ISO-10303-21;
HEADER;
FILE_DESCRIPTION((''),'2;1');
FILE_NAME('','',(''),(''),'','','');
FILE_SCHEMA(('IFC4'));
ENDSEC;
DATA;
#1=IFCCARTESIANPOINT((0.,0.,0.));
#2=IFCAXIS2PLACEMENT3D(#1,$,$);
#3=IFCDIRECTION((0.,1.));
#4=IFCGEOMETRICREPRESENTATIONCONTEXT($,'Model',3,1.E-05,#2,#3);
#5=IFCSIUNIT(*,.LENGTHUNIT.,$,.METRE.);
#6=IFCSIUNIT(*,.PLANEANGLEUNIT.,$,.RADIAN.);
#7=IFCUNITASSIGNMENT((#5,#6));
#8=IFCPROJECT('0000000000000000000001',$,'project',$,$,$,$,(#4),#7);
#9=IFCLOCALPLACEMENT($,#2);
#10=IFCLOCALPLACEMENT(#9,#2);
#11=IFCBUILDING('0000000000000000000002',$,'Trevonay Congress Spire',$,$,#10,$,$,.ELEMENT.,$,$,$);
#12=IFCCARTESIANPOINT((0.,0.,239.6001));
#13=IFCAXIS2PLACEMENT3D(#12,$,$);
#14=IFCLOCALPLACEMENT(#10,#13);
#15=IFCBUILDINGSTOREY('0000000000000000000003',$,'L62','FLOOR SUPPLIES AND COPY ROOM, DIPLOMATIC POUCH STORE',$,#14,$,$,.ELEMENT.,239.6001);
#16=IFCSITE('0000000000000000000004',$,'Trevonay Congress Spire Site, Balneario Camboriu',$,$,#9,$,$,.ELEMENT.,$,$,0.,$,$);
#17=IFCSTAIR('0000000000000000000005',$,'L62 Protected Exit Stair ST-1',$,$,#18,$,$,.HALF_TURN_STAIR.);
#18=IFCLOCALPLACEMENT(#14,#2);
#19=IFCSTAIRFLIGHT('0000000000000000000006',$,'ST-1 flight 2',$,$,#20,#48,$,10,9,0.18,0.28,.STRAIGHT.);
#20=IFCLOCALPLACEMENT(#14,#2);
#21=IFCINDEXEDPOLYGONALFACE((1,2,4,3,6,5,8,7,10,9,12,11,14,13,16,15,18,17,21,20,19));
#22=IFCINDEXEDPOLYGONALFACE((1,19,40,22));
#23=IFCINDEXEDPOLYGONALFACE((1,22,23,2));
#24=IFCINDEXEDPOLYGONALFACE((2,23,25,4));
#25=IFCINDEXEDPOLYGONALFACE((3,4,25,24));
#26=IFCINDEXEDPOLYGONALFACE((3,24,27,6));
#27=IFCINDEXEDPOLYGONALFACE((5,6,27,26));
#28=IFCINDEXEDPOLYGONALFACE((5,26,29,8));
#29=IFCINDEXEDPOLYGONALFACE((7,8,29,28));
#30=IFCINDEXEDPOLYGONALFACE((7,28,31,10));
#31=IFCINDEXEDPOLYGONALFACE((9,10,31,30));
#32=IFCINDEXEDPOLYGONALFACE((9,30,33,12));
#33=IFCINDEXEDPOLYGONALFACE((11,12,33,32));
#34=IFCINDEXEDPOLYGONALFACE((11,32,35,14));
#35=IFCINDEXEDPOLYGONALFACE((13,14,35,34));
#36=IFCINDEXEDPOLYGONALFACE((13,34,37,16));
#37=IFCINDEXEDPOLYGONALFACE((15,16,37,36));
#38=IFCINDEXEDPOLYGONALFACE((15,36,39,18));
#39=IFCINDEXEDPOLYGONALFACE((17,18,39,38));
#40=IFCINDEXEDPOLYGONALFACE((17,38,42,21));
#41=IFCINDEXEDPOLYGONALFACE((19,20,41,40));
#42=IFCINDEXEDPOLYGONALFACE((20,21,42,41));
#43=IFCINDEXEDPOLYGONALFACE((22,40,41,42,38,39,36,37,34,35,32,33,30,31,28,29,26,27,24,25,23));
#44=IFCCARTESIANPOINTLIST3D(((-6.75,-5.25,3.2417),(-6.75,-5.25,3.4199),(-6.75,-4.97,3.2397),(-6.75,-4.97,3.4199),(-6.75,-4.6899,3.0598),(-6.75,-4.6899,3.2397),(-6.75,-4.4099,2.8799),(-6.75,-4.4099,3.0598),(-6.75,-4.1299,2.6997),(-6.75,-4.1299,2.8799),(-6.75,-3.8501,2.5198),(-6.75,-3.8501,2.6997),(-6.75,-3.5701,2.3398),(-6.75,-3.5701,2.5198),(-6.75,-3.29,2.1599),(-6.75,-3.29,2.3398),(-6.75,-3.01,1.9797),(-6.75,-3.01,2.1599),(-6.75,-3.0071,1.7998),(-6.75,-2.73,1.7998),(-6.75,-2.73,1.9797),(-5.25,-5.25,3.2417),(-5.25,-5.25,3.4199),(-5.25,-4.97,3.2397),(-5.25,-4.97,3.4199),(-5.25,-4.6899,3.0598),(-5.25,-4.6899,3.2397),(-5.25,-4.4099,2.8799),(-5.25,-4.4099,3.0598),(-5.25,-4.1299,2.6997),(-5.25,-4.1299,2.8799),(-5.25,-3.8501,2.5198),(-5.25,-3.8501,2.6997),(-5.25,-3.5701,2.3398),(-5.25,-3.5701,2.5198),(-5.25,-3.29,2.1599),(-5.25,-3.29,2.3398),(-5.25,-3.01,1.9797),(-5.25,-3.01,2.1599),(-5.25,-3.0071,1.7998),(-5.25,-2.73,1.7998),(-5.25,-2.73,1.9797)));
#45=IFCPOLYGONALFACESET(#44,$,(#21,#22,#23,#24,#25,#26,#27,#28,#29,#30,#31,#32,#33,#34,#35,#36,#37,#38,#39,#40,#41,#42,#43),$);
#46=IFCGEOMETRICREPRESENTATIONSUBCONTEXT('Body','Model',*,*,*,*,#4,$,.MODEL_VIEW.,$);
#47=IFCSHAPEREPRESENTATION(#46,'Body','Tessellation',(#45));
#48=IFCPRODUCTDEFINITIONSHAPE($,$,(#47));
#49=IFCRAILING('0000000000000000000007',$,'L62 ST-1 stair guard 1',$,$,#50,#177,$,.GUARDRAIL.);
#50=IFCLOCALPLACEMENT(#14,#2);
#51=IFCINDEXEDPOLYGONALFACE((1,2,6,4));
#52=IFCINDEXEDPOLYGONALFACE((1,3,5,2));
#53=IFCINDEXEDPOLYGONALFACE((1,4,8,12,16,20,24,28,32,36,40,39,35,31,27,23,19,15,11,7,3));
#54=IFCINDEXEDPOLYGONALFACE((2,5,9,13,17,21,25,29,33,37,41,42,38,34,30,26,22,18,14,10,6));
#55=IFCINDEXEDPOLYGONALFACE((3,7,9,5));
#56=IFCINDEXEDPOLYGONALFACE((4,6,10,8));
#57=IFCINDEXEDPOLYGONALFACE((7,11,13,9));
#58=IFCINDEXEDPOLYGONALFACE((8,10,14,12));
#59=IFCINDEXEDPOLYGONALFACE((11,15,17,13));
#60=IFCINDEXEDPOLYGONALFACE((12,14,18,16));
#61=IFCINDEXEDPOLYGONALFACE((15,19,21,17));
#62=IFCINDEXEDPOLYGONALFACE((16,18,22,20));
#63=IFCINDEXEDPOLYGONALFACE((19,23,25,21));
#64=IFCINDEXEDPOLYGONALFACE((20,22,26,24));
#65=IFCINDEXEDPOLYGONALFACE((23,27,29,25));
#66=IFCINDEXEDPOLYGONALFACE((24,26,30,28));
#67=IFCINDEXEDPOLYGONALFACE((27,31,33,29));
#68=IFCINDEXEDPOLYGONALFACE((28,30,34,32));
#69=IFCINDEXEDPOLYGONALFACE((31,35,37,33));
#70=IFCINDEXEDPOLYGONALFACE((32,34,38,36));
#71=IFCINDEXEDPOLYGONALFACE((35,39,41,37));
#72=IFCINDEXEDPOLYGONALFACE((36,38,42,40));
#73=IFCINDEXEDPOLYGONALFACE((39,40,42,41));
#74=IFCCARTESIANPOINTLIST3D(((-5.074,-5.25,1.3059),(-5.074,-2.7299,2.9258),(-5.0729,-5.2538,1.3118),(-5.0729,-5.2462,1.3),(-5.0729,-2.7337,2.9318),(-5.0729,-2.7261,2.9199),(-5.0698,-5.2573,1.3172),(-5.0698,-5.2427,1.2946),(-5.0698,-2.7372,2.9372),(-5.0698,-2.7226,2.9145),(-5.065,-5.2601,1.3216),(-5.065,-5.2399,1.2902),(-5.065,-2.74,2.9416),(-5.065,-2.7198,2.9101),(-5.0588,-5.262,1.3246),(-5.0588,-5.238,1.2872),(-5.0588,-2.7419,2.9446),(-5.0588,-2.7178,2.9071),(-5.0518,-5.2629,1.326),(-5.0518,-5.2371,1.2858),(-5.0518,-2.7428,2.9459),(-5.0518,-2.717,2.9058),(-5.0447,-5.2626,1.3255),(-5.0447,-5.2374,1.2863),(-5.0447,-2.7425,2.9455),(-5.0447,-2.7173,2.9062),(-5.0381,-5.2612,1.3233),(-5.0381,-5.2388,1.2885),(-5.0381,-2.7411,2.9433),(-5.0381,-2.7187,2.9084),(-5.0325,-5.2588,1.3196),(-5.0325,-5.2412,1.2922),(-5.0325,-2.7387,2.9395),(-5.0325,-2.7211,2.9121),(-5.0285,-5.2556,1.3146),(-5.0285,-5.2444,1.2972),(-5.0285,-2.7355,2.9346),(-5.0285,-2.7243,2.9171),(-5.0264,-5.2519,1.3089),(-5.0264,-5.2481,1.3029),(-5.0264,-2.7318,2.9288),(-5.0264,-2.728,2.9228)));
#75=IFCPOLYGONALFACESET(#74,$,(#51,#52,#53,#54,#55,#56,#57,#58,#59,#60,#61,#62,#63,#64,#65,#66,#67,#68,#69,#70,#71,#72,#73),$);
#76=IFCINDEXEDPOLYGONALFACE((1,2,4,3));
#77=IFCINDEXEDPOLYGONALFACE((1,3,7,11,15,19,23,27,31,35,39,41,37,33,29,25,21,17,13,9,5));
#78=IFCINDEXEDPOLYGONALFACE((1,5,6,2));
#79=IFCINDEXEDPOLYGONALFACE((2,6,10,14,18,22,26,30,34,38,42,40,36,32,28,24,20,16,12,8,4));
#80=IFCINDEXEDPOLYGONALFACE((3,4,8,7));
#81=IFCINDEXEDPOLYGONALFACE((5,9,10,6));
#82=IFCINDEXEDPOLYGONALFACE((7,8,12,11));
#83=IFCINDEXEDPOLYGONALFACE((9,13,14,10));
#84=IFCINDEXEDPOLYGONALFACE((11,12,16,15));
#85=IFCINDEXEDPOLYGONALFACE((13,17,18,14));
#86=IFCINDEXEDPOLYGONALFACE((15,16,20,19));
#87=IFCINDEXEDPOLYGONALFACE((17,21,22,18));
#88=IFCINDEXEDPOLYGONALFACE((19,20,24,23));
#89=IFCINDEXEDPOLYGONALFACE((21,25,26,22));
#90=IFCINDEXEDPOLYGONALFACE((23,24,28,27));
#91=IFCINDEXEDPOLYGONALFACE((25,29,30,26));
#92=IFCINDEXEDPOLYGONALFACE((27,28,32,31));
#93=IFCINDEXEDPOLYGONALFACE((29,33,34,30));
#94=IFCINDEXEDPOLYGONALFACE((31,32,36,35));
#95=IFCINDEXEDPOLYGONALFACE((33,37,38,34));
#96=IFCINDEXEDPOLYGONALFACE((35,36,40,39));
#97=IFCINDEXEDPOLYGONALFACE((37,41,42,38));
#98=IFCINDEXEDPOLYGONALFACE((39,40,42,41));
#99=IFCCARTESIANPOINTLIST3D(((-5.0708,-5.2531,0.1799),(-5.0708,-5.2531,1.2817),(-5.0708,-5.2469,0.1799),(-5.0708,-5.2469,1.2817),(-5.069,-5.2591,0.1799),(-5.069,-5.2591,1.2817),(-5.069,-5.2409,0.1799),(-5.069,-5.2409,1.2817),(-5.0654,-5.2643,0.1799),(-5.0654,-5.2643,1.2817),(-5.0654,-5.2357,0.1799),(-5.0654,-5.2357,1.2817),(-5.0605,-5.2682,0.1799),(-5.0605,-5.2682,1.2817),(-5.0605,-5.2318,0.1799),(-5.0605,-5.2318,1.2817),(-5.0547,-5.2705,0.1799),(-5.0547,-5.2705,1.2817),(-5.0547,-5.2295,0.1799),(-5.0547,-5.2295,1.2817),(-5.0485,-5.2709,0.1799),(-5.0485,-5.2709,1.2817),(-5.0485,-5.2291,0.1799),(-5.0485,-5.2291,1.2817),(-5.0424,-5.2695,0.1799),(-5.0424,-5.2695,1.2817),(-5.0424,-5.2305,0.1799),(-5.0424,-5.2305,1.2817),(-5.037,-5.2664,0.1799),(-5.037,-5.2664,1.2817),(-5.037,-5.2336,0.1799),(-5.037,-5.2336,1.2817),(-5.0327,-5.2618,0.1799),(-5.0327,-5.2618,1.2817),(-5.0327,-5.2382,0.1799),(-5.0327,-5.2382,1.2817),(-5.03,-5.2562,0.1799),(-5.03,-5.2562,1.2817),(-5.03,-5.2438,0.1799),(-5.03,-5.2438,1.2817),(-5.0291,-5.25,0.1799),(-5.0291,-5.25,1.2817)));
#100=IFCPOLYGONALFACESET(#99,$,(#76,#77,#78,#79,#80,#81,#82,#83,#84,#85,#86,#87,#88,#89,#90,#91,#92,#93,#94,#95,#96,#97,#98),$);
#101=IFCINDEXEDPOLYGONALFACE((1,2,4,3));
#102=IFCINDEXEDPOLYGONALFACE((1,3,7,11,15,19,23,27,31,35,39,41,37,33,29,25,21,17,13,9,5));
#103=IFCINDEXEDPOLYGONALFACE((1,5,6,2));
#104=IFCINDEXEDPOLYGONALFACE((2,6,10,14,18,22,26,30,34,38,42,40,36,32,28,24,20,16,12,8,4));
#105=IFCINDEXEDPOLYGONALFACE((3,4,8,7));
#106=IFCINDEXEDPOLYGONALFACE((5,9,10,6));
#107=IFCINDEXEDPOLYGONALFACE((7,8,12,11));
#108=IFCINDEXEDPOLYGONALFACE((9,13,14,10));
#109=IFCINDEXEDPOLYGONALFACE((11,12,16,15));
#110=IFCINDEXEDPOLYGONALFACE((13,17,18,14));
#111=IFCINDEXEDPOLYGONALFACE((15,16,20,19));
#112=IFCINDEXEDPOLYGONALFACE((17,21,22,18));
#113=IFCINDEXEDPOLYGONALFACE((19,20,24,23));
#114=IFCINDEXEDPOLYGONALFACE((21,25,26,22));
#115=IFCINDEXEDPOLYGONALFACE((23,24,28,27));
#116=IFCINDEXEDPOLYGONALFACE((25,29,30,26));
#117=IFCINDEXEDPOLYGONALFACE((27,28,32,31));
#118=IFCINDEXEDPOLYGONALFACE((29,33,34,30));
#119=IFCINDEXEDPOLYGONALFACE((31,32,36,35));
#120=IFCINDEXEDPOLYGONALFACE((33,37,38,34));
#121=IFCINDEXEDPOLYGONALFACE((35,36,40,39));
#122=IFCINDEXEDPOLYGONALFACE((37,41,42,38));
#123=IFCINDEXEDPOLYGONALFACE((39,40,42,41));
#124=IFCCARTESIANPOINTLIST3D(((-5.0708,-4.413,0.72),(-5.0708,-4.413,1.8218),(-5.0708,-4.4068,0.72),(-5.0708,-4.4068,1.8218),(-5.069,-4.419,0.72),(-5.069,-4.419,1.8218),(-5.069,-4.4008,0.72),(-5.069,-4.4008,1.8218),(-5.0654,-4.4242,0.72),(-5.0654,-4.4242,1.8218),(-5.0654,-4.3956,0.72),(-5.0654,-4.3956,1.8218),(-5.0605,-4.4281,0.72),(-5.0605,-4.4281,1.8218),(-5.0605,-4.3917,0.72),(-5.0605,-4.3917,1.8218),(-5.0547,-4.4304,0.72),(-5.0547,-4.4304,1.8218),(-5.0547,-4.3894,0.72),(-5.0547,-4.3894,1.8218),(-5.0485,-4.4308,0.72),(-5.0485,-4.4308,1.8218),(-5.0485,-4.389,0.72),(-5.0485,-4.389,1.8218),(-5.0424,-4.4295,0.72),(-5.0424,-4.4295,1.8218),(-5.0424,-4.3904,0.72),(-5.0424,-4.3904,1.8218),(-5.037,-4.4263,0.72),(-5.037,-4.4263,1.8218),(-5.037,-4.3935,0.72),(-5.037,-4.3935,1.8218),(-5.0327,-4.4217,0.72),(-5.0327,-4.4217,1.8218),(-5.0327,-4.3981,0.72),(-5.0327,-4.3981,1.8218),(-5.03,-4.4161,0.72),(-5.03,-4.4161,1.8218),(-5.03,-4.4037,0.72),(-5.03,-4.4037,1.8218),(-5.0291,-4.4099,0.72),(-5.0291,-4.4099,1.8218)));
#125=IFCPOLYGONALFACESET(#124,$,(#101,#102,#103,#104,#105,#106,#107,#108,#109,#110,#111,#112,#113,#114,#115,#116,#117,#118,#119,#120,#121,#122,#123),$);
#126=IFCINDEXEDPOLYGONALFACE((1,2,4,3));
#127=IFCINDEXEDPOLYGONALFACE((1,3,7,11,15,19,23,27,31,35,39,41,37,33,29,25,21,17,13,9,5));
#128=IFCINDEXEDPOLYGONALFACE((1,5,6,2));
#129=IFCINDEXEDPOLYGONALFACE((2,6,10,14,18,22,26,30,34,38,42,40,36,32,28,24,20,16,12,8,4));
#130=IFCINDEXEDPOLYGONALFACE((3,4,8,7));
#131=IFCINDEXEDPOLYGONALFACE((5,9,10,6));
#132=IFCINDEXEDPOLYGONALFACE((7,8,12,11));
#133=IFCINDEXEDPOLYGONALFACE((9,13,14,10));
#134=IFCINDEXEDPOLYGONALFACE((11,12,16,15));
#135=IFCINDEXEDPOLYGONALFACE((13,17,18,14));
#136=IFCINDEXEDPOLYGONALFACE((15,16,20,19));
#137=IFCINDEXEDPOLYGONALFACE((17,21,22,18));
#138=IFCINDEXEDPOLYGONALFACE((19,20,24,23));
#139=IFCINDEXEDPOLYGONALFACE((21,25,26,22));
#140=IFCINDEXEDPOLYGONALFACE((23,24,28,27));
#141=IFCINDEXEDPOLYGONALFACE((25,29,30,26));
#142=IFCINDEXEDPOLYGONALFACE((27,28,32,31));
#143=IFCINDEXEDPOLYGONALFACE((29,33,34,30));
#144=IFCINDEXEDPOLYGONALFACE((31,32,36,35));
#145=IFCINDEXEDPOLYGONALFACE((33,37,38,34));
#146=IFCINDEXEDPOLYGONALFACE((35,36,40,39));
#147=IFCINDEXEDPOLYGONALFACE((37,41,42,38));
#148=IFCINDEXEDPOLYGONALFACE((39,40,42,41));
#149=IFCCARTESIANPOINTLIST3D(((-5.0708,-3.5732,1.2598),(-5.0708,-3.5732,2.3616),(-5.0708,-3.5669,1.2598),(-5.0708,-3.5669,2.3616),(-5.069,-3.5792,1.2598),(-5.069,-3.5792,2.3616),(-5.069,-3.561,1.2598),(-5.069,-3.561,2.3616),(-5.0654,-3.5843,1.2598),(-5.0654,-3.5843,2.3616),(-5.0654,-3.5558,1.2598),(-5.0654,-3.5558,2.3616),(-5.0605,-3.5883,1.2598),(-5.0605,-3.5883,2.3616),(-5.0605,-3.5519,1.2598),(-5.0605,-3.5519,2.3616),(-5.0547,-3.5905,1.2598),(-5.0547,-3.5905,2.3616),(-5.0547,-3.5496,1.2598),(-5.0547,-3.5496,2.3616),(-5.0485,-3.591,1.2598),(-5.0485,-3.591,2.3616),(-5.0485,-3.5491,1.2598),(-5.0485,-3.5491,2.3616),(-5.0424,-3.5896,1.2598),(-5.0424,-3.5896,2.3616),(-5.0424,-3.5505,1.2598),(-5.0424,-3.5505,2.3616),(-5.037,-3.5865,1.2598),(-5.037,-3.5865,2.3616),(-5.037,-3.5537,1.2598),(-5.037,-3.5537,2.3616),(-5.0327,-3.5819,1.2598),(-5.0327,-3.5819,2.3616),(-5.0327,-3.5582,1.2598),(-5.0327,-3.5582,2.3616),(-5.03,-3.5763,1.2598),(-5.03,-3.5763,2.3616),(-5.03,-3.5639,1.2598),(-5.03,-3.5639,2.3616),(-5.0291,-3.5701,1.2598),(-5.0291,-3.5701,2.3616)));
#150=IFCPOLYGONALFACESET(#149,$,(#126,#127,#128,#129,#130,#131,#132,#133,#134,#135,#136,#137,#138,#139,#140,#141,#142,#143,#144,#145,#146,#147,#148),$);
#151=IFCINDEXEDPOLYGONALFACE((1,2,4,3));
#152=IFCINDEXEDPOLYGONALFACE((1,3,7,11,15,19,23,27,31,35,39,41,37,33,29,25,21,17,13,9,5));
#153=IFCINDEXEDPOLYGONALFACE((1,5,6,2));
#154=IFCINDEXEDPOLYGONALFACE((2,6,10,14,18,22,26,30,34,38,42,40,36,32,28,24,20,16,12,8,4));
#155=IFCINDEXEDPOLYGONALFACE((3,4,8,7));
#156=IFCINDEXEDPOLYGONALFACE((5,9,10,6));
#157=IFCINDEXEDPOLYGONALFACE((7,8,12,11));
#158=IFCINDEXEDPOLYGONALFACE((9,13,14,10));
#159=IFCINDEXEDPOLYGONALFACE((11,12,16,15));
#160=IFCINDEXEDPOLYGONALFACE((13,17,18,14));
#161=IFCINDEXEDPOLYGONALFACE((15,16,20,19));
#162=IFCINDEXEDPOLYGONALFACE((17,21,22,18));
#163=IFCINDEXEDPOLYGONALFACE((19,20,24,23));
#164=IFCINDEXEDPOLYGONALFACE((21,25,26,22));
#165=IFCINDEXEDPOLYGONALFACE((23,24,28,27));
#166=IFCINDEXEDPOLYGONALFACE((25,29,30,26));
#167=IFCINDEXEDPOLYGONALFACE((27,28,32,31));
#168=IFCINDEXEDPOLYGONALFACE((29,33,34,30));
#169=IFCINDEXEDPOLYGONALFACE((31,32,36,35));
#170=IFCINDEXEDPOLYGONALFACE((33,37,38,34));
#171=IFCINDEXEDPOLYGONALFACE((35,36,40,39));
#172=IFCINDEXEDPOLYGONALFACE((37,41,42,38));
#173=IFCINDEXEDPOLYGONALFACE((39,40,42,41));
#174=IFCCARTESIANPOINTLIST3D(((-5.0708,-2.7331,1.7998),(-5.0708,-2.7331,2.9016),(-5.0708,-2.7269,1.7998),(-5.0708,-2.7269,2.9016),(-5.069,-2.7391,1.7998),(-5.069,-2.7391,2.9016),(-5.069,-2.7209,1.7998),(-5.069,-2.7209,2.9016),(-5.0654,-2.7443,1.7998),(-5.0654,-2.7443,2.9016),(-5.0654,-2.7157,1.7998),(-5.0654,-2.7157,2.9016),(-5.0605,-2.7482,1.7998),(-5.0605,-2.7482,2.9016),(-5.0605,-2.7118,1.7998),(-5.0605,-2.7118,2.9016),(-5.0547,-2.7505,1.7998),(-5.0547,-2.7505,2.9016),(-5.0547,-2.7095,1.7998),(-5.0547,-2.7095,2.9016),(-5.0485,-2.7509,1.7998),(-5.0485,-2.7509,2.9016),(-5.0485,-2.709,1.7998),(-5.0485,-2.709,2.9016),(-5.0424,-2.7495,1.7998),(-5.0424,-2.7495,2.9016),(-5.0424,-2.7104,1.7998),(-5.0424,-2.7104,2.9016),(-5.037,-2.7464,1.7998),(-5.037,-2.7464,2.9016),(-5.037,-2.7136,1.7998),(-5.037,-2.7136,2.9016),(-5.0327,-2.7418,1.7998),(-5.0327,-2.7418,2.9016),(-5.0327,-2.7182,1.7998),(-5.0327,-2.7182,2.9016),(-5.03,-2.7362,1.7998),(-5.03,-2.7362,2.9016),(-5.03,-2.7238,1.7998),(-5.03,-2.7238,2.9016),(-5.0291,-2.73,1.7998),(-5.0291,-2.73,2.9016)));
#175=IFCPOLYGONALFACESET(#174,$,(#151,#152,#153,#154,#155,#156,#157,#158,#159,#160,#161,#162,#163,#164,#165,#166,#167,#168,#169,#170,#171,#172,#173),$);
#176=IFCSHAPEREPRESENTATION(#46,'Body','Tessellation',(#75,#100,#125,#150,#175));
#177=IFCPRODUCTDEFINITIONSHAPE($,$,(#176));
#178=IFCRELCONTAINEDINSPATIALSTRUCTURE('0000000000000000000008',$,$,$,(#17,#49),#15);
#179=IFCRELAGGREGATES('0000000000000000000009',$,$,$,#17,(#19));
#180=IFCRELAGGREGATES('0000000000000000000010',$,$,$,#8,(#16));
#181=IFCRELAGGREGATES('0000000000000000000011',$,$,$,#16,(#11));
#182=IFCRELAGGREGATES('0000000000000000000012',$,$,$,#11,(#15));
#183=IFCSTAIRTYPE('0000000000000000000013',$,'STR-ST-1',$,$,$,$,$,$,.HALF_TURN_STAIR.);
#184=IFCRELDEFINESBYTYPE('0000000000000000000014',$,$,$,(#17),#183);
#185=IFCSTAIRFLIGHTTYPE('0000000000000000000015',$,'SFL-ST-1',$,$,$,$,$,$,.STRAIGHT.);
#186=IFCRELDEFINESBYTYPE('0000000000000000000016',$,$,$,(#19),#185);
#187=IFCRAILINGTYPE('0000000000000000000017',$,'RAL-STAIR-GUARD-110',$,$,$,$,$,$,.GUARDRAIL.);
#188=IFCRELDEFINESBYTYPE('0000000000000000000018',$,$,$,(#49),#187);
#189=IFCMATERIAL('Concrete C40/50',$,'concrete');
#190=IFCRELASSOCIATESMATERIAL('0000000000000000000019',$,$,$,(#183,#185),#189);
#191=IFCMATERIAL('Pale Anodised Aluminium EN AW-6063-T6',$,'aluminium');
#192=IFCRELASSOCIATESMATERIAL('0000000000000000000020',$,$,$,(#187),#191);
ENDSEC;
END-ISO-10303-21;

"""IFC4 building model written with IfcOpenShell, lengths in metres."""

from ifc_helpers import new_model, si_unit, direction, frame, origin, origin_2d, place, context, subcontext, project, spatial, polyline, circle, outline, extrude, material, type_object, element, aggregate, save


model = new_model("IFC4")

# Units and contexts
model_context = context("Model", 3, precision=1e-05, world=origin(), true_north=direction((0.0, 1.0)))
body_context = subcontext(model_context, "Body", "Model", "MODEL_VIEW")
ifc_project = project(units=[si_unit("LENGTHUNIT", "METRE"), si_unit("PLANEANGLEUNIT", "RADIAN")], contexts=[model_context])

# Site, building, storey
site_placement = place(None, origin())
site = spatial("IfcSite", under=ifc_project, at=site_placement, Name="Trevonay Congress Spire Site, Balneario Camboriu", CompositionType="ELEMENT", RefElevation=0.0)
building_placement = place(site_placement, origin())
building = spatial("IfcBuilding", under=site, at=building_placement, Name="Trevonay Congress Spire", CompositionType="ELEMENT")
storey_placement = place(building_placement, frame((0.0, 0.0, 239.6001)))
storey = spatial("IfcBuildingStorey", under=building, at=storey_placement, Name="L62", Description="FLOOR SUPPLIES AND COPY ROOM, DIPLOMATIC POUCH STORE", CompositionType="ELEMENT", Elevation=239.6001)

# Shared definitions
ifc_material_1 = material(Name="Concrete C40/50", Category="concrete")
ifc_material_2 = material(Name="Pale Anodised Aluminium EN AW-6063-T6", Category="aluminium")

# Stair, stair flight
stair_type = type_object("IfcStairType", Name="STR-ST-1", PredefinedType="HALF_TURN_STAIR", material=ifc_material_1)
stair_placement = place(storey_placement, origin())
stair = element("IfcStair", 1, at=stair_placement, inside=storey, type_object=stair_type, Name="L62 Protected Exit Stair ST-1", PredefinedType="HALF_TURN_STAIR")
stair_flight_type = type_object("IfcStairFlightType", Name="SFL-ST-1", PredefinedType="STRAIGHT", material=ifc_material_1)
stair_flight_1_placement = place(storey_placement, frame((-6.0, -2.73, 1.7998), z_axis=(0.0, 0.0, 1.0), x_axis=(0.0, -1.0, 0.0)))
stair_flight_1 = element("IfcStairFlight", 2, at=stair_flight_1_placement, type_object=stair_flight_type, Name="ST-1 flight 2", NumberOfRisers=10, NumberOfTreads=9, PredefinedType="STRAIGHT", RiserHeight=0.18, TreadLength=0.28, context=body_context, shape_type="SweptSolid", body=[
    extrude(outline(polyline([(0.0, 0.0), (0.0, 0.1799), (0.28, 0.1799), (0.28, 0.3601), (0.5601, 0.3601), (0.5601, 0.54), (0.8401, 0.54), (0.8401, 0.72), (1.1201, 0.72), (1.1201, 0.8999), (1.3999, 0.8999), (1.3999, 1.0801), (1.6799, 1.0801), (1.6799, 1.26), (1.96, 1.26), (1.96, 1.4399), (2.24, 1.4399), (2.24, 1.6201), (2.52, 1.6201), (2.52, 1.8), (2.52, 1.4419), (0.2771, 0.0), (0.0, 0.0)])), frame((0.0, 0.75, 0.0), z_axis=(0.0, -1.0, 0.0), x_axis=(1.0, 0.0, 0.0)), (0.0, 0.0, 1.0), 1.5),
])
aggregate(stair, [stair_flight_1])

# Railing
railing_type_1 = type_object("IfcRailingType", Name="RAL-STAIR-GUARD-110", PredefinedType="GUARDRAIL", material=ifc_material_2)
railing_1_placement = place(storey_placement, frame((-5.05, -5.25, 0.1799)))
element("IfcRailing", 3, at=railing_1_placement, inside=storey, type_object=railing_type_1, Name="L62 ST-1 stair guard 1", PredefinedType="GUARDRAIL", context=body_context, shape_type="SweptSolid", body=[
    extrude(circle(Radius=0.0239, at=origin_2d()), frame((0.0, 0.0, 1.126), z_axis=(0.0, 0.8412, 0.540725), x_axis=(-1.0, 0.0, 0.0)), (0.0, 0.0, 1.0), 2.9958),
    extrude(circle(Radius=0.021, at=origin_2d()), origin(), (0.0, 0.0, 1.0), 1.1018),
    extrude(circle(Radius=0.021, at=origin_2d()), frame((0.0, 0.8401, 0.54)), (0.0, 0.0, 1.0), 1.1018),
    extrude(circle(Radius=0.021, at=origin_2d()), frame((0.0, 1.6799, 1.0798)), (0.0, 0.0, 1.0), 1.1018),
    extrude(circle(Radius=0.021, at=origin_2d()), frame((0.0, 2.52, 1.6199)), (0.0, 0.0, 1.0), 1.1018),
])

save(model, "model.ifc")
